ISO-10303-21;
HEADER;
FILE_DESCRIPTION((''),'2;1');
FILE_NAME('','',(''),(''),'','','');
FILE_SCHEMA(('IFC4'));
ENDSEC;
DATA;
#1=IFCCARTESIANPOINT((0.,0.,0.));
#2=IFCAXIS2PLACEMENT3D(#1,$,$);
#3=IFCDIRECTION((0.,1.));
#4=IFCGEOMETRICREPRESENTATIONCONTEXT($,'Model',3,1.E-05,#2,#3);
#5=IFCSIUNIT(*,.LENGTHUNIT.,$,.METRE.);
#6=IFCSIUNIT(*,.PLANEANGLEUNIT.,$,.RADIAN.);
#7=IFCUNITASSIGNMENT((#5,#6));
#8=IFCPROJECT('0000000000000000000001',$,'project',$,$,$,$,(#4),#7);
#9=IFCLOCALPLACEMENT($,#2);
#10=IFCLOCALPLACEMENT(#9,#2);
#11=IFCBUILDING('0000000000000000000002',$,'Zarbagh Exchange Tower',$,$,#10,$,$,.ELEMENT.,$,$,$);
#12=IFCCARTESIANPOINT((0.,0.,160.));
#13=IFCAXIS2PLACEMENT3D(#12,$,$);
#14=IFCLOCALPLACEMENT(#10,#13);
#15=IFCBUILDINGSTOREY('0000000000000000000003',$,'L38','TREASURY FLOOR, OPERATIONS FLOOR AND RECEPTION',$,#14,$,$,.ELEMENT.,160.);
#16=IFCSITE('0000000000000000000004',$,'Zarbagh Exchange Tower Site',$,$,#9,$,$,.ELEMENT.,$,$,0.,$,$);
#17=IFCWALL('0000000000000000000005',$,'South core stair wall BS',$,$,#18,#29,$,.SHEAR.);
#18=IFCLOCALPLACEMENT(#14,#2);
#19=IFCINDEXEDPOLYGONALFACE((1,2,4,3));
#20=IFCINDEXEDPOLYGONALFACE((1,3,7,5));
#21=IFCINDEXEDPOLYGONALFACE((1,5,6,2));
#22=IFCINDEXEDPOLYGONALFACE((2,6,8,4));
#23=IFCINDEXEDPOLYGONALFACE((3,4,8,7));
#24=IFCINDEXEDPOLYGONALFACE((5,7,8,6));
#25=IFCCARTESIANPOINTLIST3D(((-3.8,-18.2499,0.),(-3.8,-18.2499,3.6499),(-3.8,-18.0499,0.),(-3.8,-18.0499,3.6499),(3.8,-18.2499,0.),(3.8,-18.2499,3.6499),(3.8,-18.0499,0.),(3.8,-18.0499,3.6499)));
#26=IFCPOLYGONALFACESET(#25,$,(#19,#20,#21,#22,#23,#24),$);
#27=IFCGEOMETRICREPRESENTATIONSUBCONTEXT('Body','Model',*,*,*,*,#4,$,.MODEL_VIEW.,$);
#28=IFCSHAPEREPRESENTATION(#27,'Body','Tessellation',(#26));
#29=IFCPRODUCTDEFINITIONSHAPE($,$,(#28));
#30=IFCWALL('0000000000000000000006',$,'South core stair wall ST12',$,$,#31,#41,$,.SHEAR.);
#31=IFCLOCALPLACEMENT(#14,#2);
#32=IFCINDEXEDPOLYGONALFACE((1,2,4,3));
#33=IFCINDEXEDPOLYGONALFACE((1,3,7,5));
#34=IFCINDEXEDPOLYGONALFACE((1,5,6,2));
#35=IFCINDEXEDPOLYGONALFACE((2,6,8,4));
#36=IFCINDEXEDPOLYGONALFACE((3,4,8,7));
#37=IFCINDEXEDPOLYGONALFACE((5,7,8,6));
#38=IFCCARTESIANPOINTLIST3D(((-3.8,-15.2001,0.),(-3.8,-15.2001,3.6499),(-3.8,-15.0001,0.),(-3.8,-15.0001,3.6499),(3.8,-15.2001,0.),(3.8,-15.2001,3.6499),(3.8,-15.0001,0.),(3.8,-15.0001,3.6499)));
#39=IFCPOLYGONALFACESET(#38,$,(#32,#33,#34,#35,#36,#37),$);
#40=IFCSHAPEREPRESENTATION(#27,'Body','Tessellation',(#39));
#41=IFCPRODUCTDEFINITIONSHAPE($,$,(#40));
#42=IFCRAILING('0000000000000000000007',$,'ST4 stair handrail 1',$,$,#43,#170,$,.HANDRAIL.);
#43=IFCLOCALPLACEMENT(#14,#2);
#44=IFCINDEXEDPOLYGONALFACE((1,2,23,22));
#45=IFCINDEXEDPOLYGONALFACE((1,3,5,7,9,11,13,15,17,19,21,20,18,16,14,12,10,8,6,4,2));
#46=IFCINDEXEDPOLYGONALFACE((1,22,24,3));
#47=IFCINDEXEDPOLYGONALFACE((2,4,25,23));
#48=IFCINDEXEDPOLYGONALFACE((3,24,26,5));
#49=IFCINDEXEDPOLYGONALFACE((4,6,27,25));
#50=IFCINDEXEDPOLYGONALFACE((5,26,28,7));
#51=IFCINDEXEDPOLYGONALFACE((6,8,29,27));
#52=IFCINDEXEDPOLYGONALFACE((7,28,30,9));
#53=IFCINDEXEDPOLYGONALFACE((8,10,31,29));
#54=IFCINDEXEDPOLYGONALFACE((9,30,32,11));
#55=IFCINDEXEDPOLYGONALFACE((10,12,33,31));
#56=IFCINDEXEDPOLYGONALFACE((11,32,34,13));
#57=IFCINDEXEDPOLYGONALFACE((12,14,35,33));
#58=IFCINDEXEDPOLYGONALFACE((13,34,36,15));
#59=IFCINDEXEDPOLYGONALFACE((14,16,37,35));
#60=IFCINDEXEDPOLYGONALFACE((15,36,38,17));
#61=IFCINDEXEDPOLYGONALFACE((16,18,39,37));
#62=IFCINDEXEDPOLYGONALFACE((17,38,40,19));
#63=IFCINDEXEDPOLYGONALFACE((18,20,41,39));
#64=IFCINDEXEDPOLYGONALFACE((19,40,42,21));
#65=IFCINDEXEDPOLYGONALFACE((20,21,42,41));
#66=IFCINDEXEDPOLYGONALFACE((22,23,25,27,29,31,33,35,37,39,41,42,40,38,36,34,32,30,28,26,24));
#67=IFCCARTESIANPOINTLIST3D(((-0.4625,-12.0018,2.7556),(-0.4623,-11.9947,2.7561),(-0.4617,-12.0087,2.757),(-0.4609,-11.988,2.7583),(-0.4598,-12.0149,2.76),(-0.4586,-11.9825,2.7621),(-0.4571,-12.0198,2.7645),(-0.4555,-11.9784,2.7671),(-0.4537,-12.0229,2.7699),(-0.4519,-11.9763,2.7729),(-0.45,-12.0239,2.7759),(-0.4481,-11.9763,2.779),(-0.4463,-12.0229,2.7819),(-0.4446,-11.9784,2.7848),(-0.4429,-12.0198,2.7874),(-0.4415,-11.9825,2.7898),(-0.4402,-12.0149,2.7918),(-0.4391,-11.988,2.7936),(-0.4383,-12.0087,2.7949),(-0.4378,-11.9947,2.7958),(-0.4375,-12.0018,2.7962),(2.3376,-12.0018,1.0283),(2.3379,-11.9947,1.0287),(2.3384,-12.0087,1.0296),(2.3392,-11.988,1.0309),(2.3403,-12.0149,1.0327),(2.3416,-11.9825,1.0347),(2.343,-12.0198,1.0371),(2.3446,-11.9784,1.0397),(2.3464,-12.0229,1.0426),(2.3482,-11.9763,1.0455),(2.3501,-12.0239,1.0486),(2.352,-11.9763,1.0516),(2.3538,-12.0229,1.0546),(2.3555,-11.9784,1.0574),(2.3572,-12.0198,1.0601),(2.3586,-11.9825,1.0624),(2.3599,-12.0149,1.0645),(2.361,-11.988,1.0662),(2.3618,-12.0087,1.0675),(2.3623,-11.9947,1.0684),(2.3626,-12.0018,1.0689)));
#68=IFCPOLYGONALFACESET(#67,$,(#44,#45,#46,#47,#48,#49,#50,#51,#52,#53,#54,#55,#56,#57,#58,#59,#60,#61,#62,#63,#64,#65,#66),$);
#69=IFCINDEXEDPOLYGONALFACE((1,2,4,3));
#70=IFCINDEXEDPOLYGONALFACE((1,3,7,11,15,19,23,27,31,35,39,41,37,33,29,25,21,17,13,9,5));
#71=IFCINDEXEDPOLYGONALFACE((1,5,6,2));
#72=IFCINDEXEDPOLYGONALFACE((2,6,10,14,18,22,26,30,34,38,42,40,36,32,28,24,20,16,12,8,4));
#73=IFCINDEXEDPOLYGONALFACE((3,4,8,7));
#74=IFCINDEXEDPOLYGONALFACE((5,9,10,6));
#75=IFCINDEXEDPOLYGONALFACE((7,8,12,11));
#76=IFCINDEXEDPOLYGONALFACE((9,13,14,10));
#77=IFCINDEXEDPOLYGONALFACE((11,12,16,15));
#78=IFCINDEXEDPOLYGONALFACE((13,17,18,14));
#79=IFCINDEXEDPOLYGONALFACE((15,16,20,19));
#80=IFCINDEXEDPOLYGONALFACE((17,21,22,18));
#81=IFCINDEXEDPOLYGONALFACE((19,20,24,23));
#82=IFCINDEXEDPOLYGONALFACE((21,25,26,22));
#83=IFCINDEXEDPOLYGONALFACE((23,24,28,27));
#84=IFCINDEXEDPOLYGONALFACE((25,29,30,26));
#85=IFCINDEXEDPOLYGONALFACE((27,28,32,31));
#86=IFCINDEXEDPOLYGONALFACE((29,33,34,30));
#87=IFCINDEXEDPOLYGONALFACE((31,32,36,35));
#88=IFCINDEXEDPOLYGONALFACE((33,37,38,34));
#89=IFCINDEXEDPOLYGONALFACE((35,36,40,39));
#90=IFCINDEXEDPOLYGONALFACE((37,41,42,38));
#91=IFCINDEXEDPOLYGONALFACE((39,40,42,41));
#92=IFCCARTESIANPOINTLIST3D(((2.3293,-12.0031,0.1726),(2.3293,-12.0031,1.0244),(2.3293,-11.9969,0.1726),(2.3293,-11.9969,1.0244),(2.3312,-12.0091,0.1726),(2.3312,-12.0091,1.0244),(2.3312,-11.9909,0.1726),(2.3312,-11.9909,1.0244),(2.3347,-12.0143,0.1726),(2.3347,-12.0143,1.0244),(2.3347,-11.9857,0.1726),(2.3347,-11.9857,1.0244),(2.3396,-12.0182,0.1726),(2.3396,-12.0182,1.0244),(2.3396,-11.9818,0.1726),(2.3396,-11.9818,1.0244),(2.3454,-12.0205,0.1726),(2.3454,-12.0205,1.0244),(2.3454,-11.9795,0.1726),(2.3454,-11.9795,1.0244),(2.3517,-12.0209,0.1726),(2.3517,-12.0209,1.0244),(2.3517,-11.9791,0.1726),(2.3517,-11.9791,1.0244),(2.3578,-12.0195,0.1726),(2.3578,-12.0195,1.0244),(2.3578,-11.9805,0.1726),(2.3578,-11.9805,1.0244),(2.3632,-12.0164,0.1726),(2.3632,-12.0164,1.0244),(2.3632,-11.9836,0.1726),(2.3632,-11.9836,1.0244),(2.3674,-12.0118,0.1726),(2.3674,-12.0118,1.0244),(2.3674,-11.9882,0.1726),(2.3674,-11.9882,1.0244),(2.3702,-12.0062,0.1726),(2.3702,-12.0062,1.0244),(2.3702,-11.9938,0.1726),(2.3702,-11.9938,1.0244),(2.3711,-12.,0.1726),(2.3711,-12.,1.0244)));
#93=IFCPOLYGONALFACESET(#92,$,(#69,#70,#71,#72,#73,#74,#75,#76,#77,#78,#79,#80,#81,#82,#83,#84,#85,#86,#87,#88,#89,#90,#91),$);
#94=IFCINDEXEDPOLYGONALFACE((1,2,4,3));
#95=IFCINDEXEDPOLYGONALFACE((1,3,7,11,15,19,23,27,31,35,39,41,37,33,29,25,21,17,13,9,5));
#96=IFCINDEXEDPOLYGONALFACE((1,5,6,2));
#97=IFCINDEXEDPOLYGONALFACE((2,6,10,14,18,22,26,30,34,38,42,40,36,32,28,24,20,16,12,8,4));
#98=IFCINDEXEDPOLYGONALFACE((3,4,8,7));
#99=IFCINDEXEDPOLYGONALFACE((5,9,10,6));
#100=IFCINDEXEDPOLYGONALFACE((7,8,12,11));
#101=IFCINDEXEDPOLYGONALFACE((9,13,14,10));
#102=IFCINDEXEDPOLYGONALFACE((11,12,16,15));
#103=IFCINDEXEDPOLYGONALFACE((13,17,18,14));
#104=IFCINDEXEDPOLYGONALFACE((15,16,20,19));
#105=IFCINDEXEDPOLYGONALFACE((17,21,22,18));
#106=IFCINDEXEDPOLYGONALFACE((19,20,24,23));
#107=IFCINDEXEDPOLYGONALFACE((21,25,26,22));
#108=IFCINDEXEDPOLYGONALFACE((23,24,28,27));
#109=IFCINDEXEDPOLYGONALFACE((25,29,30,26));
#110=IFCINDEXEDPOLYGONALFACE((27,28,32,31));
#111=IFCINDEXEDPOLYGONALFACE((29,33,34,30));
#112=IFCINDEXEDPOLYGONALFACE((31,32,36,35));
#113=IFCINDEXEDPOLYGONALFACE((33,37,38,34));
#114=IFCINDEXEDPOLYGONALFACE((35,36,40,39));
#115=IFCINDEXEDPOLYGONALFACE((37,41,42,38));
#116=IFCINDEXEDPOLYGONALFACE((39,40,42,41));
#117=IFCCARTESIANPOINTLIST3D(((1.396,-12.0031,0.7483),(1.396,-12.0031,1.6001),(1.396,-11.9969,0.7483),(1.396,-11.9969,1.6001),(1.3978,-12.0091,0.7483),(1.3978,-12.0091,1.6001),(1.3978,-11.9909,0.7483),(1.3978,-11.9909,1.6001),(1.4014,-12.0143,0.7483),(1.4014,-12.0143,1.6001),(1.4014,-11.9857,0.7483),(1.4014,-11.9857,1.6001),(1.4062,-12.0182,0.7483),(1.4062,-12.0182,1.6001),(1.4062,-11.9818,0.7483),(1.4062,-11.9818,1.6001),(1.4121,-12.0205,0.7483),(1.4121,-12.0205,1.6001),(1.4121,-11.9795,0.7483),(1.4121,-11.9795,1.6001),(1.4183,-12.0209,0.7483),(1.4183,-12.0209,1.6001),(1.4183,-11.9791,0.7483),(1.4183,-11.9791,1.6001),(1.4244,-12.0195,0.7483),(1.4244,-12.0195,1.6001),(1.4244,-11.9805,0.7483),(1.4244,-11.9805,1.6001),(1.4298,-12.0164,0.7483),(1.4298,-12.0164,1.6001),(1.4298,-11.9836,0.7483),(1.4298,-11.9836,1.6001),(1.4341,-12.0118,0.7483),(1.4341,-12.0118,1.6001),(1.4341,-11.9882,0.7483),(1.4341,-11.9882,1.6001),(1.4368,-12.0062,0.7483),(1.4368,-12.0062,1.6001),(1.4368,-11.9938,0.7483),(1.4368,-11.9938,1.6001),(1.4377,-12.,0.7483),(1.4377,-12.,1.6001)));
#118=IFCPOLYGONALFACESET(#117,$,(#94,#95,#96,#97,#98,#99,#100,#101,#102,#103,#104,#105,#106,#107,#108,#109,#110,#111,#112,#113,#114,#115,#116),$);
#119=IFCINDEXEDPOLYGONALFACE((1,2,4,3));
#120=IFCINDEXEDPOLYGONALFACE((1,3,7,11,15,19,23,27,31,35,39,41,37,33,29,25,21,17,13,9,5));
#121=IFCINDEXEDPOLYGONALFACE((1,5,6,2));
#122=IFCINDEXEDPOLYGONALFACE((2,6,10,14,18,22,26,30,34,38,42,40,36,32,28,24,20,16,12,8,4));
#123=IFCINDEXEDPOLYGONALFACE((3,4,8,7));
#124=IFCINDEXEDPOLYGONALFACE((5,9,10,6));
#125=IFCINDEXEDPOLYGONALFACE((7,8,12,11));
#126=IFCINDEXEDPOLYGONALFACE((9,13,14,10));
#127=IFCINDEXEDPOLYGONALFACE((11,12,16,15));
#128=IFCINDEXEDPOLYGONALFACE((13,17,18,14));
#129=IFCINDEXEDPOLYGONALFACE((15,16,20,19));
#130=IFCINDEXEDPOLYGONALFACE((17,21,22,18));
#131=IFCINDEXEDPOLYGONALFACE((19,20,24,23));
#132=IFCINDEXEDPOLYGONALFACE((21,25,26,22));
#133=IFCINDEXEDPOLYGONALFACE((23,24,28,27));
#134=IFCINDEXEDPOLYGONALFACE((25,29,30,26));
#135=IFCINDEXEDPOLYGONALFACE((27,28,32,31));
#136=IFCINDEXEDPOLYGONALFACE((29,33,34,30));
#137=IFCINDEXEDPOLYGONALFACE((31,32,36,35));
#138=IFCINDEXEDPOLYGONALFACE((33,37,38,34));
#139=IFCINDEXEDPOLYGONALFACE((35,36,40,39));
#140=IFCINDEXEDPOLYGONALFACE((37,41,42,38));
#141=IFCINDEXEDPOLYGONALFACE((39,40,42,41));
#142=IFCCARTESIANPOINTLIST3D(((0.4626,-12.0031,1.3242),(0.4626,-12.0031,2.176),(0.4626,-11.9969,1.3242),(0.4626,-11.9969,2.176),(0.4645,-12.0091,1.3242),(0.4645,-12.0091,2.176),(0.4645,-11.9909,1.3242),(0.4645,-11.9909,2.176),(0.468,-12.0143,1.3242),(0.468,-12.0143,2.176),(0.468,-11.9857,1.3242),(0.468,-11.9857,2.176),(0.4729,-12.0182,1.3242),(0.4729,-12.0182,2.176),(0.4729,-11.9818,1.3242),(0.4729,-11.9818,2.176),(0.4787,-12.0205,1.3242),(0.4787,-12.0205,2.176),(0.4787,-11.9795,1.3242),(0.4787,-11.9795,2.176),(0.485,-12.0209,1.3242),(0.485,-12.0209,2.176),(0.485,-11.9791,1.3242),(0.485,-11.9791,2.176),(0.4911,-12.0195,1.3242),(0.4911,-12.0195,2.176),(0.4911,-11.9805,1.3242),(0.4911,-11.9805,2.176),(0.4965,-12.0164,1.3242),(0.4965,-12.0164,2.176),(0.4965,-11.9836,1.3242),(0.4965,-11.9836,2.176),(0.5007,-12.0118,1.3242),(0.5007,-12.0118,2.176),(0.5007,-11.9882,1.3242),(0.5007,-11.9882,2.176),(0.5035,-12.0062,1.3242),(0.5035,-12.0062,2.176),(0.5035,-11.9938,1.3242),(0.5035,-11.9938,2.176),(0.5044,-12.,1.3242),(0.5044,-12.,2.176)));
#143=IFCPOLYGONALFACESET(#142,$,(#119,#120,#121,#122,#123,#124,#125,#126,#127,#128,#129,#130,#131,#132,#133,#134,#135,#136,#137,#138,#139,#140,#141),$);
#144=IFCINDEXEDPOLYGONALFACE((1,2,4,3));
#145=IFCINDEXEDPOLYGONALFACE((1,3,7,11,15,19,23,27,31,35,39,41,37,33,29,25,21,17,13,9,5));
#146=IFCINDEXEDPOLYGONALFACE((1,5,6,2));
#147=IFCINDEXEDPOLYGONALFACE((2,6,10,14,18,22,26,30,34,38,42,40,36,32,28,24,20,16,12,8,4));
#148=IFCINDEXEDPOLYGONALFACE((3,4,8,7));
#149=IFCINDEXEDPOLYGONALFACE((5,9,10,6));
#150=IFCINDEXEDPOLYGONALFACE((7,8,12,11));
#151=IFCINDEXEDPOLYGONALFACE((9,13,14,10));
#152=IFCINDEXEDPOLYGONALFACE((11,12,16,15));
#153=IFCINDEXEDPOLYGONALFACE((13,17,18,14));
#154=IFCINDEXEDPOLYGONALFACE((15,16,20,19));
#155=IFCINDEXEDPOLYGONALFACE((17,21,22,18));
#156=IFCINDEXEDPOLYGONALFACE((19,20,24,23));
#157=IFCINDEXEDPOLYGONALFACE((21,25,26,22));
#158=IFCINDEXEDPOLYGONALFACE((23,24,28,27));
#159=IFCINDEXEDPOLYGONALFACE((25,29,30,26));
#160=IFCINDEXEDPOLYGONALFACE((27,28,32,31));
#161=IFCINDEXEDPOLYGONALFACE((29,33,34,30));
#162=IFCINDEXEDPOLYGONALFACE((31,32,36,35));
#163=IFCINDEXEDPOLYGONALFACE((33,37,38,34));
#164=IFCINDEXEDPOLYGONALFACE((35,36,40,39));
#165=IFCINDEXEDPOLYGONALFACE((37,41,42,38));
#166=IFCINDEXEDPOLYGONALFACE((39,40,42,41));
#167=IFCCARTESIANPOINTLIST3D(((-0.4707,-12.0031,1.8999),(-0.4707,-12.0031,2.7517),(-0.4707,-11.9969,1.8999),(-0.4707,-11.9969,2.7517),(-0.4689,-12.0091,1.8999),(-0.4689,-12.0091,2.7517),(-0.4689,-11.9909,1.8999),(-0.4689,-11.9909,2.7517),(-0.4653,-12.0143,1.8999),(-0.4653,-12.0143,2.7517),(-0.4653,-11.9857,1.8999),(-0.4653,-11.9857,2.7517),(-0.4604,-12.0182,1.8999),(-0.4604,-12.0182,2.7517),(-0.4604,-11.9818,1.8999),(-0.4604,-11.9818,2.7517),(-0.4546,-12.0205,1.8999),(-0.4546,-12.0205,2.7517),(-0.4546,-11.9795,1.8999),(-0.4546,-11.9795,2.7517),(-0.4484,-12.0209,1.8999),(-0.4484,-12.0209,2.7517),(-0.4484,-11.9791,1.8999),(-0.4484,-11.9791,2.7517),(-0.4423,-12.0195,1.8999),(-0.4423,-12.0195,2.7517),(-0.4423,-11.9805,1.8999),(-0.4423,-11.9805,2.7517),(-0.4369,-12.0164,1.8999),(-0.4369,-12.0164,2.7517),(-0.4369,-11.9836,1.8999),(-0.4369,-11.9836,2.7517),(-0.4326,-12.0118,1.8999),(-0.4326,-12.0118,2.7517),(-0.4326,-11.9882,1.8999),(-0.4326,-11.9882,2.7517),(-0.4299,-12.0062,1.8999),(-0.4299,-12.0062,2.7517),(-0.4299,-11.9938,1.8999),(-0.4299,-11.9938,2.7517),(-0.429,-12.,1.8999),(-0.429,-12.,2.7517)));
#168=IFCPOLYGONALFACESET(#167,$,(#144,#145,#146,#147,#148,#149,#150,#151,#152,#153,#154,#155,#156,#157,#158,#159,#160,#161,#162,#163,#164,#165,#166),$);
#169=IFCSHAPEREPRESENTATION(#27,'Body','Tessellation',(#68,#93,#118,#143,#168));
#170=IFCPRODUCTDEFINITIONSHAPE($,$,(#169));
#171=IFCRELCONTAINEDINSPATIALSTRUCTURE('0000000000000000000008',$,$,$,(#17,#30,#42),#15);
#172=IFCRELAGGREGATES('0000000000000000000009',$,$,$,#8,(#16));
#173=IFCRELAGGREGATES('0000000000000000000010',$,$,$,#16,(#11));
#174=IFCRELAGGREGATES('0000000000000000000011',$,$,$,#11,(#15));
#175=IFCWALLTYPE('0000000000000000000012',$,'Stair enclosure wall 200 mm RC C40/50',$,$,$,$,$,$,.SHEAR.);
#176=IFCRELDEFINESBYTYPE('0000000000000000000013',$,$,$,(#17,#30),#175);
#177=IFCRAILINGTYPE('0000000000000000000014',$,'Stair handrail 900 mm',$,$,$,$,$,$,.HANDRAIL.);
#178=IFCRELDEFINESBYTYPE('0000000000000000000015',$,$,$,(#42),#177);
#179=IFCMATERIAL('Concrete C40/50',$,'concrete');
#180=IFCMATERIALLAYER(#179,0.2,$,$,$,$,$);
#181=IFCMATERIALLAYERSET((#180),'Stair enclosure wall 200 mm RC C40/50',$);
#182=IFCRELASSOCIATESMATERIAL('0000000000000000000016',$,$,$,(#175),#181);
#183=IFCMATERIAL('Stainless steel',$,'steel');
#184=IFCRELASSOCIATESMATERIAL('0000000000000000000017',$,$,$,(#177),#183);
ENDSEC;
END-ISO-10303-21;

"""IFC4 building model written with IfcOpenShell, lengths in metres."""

from ifc_helpers import new_model, si_unit, direction, frame, frame_2d, origin, origin_2d, place, context, subcontext, project, spatial, rectangle, circle, extrude, material, layer, layer_set, type_object, element, save


model = new_model("IFC4")

# Units and contexts
model_context = context("Model", 3, precision=1e-05, world=origin(), true_north=direction((0.0, 1.0)))
body_context = subcontext(model_context, "Body", "Model", "MODEL_VIEW")
ifc_project = project(units=[si_unit("LENGTHUNIT", "METRE"), si_unit("PLANEANGLEUNIT", "RADIAN")], contexts=[model_context])

# Site, building, storey
site_placement = place(None, origin())
site = spatial("IfcSite", under=ifc_project, at=site_placement, Name="Zarbagh Exchange Tower Site", CompositionType="ELEMENT", RefElevation=0.0)
building_placement = place(site_placement, origin())
building = spatial("IfcBuilding", under=site, at=building_placement, Name="Zarbagh Exchange Tower", CompositionType="ELEMENT")
storey_placement = place(building_placement, frame((0.0, 0.0, 160.0)))
storey = spatial("IfcBuildingStorey", under=building, at=storey_placement, Name="L38", Description="TREASURY FLOOR, OPERATIONS FLOOR AND RECEPTION", CompositionType="ELEMENT", Elevation=160.0)

# Walls
ifc_material_1 = material(Name="Concrete C40/50", Category="concrete")
ifc_layer_1 = layer(ifc_material_1, 0.2)
ifc_layer_set_1 = layer_set([ifc_layer_1], Name="Stair enclosure wall 200 mm RC C40/50")
wall_type_1 = type_object("IfcWallType", Name="Stair enclosure wall 200 mm RC C40/50", PredefinedType="SHEAR", material=ifc_layer_set_1)
for number, where, z_axis, x_axis, name in (
    (1, (3.8, -18.1499, 0.0), (0.0, 0.0, 1.0), (-1.0, 0.0, 0.0), "South core stair wall BS"),
    (2, (3.8, -15.1001, 0.0), (0.0, 0.0, 1.0), (-1.0, 0.0, 0.0), "South core stair wall ST12"),
):
    element("IfcWall", number, at=place(storey_placement, frame(where, z_axis=z_axis, x_axis=x_axis)), inside=storey, type_object=wall_type_1, Name=name, PredefinedType="SHEAR", context=body_context, shape_type="SweptSolid", body=[
        extrude(rectangle(XDim=7.6001, YDim=0.2, at=frame_2d((3.8, 0.0))), origin(), (0.0, 0.0, 1.0), 3.6499),
    ])

# Railing
ifc_material_2 = material(Name="Stainless steel", Category="steel")
railing_type = type_object("IfcRailingType", Name="Stair handrail 900 mm", PredefinedType="HANDRAIL", material=ifc_material_2)
railing_placement = place(storey_placement, frame((2.3501, -12.0, 0.1726)))
element("IfcRailing", 3, at=railing_placement, inside=storey, type_object=railing_type, Name="ST4 stair handrail 1", PredefinedType="HANDRAIL", context=body_context, shape_type="SweptSolid", body=[
    extrude(circle(Radius=0.0239, at=origin_2d()), frame((0.0, 0.0, 0.876), z_axis=(-0.85109, 0.0, 0.52502), x_axis=(0.0, -1.0, 0.0)), (0.0, 0.0, 1.0), 3.29),
    extrude(circle(Radius=0.021, at=origin_2d()), origin(), (0.0, 0.0, 1.0), 0.8518),
    extrude(circle(Radius=0.021, at=origin_2d()), frame((-0.9333, 0.0, 0.5757)), (0.0, 0.0, 1.0), 0.8518),
    extrude(circle(Radius=0.021, at=origin_2d()), frame((-1.8667, 0.0, 1.1516)), (0.0, 0.0, 1.0), 0.8518),
    extrude(circle(Radius=0.021, at=origin_2d()), frame((-2.8, 0.0, 1.7273)), (0.0, 0.0, 1.0), 0.8518),
])

save(model, "model.ifc")
